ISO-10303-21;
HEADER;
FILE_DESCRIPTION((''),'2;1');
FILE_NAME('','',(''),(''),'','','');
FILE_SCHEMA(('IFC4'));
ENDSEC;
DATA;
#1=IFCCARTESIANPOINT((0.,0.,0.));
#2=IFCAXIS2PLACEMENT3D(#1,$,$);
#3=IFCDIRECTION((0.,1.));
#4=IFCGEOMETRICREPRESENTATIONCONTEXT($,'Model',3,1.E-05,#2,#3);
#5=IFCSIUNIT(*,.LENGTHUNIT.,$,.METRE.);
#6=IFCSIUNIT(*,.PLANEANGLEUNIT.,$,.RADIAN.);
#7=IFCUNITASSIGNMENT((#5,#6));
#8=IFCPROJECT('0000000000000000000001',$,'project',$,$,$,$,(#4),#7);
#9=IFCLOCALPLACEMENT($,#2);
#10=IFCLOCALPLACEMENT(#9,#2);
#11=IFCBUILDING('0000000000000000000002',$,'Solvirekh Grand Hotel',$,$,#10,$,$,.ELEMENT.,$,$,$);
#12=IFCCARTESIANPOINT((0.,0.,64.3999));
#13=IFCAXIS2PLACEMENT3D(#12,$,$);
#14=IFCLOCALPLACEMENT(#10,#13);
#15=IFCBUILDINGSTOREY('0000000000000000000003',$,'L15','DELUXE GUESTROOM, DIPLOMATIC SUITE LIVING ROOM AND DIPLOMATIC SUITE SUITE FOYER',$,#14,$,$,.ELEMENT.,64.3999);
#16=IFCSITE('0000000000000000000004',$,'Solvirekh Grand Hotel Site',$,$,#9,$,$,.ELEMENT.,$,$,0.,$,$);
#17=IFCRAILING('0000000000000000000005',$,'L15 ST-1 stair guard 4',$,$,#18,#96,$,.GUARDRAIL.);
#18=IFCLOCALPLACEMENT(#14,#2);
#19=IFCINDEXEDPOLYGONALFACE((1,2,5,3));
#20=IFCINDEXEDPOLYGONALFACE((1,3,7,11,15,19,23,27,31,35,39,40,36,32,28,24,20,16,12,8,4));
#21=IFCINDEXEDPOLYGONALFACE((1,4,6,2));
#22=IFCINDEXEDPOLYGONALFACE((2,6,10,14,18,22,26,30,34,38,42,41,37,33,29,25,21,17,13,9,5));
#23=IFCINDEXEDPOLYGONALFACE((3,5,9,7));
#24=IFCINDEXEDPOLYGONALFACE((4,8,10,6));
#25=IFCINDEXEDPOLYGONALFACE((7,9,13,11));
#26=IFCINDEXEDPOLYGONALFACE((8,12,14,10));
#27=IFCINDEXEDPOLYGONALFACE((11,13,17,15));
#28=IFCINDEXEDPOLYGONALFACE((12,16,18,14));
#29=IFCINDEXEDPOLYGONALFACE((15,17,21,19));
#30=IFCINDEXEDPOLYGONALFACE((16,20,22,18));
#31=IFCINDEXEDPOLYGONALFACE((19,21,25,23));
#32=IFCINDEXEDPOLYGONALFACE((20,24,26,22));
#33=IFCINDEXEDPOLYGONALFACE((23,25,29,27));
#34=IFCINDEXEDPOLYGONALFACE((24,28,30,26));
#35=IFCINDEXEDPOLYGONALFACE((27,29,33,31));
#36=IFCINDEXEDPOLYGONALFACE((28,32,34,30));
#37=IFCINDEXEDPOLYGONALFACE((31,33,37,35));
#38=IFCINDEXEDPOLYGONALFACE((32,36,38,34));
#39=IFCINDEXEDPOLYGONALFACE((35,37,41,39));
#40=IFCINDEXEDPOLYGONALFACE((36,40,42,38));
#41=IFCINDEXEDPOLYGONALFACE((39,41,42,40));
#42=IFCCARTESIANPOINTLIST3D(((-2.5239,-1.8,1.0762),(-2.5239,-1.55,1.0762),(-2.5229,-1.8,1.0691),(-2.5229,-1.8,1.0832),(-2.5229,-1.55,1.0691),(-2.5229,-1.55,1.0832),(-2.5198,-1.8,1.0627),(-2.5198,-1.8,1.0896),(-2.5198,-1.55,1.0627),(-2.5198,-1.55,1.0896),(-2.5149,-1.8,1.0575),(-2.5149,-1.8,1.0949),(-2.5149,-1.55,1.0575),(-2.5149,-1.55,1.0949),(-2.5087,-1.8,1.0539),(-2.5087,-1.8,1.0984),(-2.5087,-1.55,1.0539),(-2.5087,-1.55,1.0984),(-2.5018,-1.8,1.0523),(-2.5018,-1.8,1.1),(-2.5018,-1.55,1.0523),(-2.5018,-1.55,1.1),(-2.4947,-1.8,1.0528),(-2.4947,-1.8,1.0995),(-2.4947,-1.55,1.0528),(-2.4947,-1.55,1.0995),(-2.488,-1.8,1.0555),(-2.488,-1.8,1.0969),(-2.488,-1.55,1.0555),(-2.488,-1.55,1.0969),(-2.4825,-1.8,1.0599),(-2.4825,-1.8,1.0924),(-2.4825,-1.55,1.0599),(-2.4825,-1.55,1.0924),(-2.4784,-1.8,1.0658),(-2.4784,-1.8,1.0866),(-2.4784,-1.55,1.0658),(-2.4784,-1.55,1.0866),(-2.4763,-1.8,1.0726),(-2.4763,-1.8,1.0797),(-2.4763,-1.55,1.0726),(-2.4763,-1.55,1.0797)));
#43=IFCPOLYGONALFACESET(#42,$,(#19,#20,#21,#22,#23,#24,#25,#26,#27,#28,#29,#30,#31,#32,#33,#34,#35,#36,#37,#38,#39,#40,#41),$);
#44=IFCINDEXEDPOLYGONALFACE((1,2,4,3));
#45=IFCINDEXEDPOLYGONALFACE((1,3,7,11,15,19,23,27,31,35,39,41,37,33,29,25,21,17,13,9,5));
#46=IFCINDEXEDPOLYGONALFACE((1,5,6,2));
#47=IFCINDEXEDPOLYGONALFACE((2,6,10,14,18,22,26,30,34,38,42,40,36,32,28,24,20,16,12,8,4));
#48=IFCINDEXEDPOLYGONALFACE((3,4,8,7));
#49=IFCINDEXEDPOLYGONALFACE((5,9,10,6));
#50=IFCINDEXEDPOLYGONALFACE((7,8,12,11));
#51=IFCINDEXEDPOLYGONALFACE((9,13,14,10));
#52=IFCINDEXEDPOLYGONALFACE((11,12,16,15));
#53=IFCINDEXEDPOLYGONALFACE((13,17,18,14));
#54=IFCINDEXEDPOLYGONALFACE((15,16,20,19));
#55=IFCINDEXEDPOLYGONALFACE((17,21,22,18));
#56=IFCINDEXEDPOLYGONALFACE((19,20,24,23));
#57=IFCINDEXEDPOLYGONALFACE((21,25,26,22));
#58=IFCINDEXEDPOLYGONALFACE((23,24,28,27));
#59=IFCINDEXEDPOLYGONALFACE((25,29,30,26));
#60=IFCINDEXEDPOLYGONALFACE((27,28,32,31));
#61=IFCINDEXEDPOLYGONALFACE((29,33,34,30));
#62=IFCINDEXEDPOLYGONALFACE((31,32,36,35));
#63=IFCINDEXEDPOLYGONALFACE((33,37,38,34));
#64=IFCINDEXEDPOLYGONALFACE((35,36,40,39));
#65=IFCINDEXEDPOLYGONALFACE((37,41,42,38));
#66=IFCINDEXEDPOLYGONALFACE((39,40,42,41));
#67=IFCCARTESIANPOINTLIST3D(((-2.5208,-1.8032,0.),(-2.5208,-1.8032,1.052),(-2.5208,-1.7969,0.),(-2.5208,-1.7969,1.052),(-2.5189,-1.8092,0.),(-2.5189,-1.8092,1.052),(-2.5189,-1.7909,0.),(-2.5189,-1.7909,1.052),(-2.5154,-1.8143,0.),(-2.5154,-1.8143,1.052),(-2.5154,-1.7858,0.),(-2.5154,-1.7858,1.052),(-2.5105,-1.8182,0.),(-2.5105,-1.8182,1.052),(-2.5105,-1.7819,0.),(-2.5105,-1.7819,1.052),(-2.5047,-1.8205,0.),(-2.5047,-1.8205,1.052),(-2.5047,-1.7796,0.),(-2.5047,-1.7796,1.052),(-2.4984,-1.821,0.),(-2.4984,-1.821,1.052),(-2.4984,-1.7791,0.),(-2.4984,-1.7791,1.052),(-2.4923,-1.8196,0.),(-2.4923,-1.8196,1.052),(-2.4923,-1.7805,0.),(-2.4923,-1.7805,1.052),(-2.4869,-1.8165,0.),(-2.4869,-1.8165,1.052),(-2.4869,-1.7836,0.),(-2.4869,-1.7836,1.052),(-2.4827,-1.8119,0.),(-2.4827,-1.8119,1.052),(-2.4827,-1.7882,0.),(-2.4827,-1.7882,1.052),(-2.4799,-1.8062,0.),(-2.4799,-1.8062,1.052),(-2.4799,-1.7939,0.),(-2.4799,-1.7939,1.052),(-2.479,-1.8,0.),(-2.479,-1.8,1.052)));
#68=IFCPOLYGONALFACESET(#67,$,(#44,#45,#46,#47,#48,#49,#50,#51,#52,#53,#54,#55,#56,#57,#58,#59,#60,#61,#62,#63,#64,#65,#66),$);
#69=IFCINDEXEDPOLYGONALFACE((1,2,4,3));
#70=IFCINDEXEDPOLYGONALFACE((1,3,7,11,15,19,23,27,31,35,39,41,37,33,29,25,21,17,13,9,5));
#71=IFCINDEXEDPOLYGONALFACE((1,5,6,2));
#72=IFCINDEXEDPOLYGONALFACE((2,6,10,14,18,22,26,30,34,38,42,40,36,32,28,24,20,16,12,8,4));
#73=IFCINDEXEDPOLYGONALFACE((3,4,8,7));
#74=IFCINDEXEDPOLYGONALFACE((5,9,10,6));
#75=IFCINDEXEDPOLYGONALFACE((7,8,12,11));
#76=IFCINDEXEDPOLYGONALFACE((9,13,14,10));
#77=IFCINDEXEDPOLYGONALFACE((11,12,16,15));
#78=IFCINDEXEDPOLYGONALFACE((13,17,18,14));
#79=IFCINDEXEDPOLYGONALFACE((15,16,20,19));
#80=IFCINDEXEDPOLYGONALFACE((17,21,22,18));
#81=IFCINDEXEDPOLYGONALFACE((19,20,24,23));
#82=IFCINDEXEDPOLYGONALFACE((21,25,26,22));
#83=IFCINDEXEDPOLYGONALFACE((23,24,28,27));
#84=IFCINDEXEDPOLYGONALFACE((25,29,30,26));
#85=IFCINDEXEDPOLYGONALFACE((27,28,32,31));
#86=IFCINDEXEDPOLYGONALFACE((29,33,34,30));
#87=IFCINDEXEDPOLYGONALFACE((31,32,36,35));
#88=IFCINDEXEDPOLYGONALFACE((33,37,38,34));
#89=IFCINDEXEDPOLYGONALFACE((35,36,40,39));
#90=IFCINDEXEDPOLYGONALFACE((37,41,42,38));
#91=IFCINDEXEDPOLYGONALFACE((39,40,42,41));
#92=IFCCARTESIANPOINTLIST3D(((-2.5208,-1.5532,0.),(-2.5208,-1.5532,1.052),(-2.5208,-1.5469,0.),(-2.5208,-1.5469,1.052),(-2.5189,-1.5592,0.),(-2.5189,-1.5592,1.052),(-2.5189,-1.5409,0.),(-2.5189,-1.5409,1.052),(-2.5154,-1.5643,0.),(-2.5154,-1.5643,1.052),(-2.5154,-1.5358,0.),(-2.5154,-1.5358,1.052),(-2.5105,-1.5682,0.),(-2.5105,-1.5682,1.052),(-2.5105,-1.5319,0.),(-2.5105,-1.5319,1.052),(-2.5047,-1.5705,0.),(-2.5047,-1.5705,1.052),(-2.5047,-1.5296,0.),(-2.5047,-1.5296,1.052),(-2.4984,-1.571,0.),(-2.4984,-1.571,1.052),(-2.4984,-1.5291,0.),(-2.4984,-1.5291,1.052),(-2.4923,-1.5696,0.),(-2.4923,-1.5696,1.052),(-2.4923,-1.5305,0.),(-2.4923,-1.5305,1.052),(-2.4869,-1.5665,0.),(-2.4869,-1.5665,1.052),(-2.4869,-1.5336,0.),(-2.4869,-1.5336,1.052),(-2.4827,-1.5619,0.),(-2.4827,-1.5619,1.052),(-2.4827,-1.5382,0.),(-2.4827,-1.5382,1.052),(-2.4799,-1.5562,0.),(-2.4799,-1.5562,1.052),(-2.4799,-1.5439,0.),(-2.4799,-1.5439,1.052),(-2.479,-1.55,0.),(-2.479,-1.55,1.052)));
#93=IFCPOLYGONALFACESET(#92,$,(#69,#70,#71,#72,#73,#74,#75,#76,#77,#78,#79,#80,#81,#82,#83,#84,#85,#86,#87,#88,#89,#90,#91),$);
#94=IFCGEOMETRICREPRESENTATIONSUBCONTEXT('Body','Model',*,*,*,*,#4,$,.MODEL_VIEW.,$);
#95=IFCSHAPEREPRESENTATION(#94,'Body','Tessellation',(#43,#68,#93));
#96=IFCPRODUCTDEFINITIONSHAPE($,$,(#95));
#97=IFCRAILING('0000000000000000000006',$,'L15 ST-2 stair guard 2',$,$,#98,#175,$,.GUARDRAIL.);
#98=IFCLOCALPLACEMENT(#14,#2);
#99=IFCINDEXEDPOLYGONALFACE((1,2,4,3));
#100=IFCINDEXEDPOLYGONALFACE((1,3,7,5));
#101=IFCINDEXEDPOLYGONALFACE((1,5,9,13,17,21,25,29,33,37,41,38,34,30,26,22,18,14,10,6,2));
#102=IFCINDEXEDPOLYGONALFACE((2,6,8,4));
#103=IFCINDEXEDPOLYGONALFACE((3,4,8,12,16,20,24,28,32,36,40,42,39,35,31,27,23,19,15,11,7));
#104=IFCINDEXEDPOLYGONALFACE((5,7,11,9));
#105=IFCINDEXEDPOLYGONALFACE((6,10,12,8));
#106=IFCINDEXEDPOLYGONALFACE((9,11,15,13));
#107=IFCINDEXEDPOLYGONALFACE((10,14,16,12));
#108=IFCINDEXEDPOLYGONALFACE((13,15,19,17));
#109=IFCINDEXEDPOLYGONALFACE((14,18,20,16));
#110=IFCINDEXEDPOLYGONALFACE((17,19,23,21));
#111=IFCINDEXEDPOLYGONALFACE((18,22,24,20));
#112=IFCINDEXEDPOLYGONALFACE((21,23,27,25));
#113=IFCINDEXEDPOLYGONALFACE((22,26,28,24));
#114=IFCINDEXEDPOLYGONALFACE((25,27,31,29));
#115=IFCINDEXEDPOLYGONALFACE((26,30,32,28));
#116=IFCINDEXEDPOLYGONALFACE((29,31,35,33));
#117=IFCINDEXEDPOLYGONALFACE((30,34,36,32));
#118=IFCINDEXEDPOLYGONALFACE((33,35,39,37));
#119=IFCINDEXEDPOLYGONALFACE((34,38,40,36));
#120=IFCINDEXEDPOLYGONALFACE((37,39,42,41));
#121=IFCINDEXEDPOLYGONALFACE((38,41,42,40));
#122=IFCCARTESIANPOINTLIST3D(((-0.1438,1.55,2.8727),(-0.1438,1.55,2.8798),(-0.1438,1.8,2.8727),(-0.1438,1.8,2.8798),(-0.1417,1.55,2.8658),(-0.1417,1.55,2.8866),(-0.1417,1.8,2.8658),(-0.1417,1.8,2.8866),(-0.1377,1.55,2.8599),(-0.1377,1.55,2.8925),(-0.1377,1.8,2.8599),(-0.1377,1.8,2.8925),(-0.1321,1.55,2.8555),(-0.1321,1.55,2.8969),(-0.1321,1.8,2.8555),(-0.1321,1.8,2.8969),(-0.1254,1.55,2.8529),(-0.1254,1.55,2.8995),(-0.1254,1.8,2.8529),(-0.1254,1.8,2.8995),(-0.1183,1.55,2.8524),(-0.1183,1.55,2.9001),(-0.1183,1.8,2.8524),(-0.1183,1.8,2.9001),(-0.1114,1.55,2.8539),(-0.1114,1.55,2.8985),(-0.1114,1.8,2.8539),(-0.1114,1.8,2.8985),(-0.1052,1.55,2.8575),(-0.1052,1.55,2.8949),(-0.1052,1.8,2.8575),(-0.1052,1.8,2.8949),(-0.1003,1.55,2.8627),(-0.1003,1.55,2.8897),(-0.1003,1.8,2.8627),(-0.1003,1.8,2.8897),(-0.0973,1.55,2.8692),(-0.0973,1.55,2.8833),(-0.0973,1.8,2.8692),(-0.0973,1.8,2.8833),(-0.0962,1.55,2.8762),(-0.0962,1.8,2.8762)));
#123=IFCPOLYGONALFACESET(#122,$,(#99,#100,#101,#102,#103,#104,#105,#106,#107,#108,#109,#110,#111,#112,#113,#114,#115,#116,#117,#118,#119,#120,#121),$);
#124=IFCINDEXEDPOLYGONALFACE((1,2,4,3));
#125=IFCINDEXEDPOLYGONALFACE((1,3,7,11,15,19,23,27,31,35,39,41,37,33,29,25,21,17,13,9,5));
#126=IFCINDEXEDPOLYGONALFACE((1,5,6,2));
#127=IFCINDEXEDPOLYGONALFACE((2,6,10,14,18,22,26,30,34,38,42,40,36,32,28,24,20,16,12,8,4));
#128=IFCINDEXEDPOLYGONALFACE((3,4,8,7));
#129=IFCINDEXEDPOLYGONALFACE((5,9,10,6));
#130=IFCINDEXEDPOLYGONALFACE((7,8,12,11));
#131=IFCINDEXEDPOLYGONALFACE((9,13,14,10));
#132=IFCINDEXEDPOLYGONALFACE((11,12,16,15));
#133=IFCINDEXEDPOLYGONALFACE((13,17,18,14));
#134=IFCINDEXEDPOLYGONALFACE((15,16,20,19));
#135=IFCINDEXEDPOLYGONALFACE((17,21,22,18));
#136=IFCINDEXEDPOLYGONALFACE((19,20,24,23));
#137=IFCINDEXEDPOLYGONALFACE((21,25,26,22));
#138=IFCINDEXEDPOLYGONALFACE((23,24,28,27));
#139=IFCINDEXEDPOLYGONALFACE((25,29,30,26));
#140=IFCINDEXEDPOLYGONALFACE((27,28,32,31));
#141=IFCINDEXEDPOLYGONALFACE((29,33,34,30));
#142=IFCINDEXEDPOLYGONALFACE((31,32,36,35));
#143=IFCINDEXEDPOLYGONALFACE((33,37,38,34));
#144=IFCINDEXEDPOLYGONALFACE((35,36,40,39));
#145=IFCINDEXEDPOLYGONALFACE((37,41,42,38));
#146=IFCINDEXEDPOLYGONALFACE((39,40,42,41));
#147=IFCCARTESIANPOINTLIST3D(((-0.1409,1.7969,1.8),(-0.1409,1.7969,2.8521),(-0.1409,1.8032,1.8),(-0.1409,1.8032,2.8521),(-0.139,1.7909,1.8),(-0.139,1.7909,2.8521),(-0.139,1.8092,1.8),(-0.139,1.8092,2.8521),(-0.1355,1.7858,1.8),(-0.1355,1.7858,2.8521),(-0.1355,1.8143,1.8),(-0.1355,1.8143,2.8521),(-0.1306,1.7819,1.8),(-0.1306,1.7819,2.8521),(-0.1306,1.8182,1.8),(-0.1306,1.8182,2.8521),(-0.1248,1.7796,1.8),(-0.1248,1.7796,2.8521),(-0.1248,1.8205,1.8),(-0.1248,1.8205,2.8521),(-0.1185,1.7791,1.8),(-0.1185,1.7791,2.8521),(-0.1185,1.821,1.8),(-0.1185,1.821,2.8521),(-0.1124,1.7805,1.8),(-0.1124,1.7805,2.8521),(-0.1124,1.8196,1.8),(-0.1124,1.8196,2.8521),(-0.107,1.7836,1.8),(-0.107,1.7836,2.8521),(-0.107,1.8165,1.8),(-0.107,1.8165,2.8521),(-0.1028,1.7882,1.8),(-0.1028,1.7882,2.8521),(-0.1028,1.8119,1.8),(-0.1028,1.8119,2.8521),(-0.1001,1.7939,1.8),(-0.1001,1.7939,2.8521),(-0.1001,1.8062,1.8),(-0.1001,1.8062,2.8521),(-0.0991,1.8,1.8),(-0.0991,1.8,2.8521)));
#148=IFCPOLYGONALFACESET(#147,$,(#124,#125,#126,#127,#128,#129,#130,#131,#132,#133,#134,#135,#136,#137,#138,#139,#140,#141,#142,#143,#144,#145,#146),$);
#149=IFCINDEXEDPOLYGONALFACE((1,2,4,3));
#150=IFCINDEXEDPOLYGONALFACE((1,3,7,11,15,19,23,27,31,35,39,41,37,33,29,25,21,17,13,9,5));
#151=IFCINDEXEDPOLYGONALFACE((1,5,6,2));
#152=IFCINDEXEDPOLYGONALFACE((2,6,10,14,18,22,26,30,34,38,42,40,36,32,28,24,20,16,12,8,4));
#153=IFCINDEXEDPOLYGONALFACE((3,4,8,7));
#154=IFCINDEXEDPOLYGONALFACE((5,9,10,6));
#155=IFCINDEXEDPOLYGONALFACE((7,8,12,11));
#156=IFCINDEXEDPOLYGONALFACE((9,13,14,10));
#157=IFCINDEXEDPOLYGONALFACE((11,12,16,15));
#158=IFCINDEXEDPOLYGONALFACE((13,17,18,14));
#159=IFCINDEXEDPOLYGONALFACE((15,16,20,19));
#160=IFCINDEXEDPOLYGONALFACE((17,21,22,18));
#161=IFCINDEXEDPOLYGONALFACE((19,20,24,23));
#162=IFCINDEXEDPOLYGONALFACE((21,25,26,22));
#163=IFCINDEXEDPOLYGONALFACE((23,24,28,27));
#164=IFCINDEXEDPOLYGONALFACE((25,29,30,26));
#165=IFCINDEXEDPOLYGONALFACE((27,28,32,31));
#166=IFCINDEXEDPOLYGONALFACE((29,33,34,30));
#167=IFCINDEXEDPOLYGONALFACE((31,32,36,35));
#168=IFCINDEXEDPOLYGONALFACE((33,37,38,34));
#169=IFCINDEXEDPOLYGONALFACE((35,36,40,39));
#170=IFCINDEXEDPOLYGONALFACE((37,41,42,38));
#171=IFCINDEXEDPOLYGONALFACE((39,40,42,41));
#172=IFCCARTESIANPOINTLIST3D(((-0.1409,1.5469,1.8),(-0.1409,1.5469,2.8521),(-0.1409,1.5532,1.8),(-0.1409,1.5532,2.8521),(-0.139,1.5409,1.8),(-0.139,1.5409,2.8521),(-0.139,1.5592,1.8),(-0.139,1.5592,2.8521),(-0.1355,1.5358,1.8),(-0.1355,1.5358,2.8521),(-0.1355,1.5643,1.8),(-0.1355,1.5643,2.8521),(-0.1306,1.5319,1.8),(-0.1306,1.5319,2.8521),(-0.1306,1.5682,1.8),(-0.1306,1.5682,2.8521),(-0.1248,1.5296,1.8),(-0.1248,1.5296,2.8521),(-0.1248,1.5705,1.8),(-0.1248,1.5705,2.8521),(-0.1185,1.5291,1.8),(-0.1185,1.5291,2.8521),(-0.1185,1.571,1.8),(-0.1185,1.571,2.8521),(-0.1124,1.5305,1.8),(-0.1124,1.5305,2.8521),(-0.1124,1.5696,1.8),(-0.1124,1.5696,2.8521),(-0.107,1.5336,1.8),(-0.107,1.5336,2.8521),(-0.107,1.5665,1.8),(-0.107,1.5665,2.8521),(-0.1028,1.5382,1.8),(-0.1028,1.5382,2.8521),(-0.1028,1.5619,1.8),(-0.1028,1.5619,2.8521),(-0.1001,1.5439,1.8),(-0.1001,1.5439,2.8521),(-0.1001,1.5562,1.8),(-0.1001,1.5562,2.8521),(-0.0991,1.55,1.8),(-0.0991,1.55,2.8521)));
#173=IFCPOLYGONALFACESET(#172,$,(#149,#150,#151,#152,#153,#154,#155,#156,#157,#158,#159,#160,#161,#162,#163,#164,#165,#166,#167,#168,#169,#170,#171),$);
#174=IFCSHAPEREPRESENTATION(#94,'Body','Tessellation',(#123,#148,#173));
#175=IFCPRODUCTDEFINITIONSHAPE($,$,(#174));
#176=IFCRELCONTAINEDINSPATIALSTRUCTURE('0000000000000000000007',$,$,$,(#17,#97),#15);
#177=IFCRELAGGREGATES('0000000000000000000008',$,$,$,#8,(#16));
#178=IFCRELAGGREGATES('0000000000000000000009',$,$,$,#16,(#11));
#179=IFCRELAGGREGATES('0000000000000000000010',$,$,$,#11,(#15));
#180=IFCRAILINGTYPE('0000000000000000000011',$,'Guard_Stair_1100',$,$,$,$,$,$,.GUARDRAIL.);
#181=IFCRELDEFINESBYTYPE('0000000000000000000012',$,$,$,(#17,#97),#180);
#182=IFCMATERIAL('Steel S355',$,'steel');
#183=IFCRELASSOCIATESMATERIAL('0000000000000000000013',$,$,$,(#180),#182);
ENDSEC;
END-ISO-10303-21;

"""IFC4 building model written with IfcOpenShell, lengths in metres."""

from ifc_helpers import new_model, si_unit, direction, frame, origin, origin_2d, place, context, subcontext, project, spatial, circle, extrude, material, type_object, element, save


model = new_model("IFC4")

# Units and contexts
model_context = context("Model", 3, precision=1e-05, world=origin(), true_north=direction((0.0, 1.0)))
body_context = subcontext(model_context, "Body", "Model", "MODEL_VIEW")
ifc_project = project(units=[si_unit("LENGTHUNIT", "METRE"), si_unit("PLANEANGLEUNIT", "RADIAN")], contexts=[model_context])

# Site, building, storey
site_placement = place(None, origin())
site = spatial("IfcSite", under=ifc_project, at=site_placement, Name="Solvirekh Grand Hotel Site", CompositionType="ELEMENT", RefElevation=0.0)
building_placement = place(site_placement, origin())
building = spatial("IfcBuilding", under=site, at=building_placement, Name="Solvirekh Grand Hotel", CompositionType="ELEMENT")
storey_placement = place(building_placement, frame((0.0, 0.0, 64.3999)))
storey = spatial("IfcBuildingStorey", under=building, at=storey_placement, Name="L15", Description="DELUXE GUESTROOM, DIPLOMATIC SUITE LIVING ROOM AND DIPLOMATIC SUITE SUITE FOYER", CompositionType="ELEMENT", Elevation=64.3999)

# Railings
ifc_material_1 = material(Name="Steel S355", Category="steel")
railing_type_1 = type_object("IfcRailingType", Name="Guard_Stair_1100", PredefinedType="GUARDRAIL", material=ifc_material_1)
railing_1_placement = place(storey_placement, frame((-2.5, -1.8, 0.0)))
element("IfcRailing", 1, at=railing_1_placement, inside=storey, type_object=railing_type_1, Name="L15 ST-1 stair guard 4", PredefinedType="GUARDRAIL", context=body_context, shape_type="SweptSolid", body=[
    extrude(circle(Radius=0.0239, at=origin_2d()), frame((0.0, 0.0, 1.0762), z_axis=(0.0, 1.0, 0.0), x_axis=(-1.0, 0.0, 0.0)), (0.0, 0.0, 1.0), 0.25),
    extrude(circle(Radius=0.021, at=origin_2d()), origin(), (0.0, 0.0, 1.0), 1.052),
    extrude(circle(Radius=0.021, at=origin_2d()), frame((0.0, 0.25, 0.0)), (0.0, 0.0, 1.0), 1.052),
])
railing_2_placement = place(storey_placement, frame((-0.1201, 1.8, 1.8)))
element("IfcRailing", 2, at=railing_2_placement, inside=storey, type_object=railing_type_1, Name="L15 ST-2 stair guard 2", PredefinedType="GUARDRAIL", context=body_context, shape_type="SweptSolid", body=[
    extrude(circle(Radius=0.0239, at=origin_2d()), frame((0.0, 0.0, 1.0762), z_axis=(0.0, -1.0, 0.0), x_axis=(1.0, 0.0, 0.0)), (0.0, 0.0, 1.0), 0.25),
    extrude(circle(Radius=0.021, at=origin_2d()), origin(), (0.0, 0.0, 1.0), 1.052),
    extrude(circle(Radius=0.021, at=origin_2d()), frame((0.0, -0.25, 0.0)), (0.0, 0.0, 1.0), 1.052),
])

save(model, "model.ifc")
